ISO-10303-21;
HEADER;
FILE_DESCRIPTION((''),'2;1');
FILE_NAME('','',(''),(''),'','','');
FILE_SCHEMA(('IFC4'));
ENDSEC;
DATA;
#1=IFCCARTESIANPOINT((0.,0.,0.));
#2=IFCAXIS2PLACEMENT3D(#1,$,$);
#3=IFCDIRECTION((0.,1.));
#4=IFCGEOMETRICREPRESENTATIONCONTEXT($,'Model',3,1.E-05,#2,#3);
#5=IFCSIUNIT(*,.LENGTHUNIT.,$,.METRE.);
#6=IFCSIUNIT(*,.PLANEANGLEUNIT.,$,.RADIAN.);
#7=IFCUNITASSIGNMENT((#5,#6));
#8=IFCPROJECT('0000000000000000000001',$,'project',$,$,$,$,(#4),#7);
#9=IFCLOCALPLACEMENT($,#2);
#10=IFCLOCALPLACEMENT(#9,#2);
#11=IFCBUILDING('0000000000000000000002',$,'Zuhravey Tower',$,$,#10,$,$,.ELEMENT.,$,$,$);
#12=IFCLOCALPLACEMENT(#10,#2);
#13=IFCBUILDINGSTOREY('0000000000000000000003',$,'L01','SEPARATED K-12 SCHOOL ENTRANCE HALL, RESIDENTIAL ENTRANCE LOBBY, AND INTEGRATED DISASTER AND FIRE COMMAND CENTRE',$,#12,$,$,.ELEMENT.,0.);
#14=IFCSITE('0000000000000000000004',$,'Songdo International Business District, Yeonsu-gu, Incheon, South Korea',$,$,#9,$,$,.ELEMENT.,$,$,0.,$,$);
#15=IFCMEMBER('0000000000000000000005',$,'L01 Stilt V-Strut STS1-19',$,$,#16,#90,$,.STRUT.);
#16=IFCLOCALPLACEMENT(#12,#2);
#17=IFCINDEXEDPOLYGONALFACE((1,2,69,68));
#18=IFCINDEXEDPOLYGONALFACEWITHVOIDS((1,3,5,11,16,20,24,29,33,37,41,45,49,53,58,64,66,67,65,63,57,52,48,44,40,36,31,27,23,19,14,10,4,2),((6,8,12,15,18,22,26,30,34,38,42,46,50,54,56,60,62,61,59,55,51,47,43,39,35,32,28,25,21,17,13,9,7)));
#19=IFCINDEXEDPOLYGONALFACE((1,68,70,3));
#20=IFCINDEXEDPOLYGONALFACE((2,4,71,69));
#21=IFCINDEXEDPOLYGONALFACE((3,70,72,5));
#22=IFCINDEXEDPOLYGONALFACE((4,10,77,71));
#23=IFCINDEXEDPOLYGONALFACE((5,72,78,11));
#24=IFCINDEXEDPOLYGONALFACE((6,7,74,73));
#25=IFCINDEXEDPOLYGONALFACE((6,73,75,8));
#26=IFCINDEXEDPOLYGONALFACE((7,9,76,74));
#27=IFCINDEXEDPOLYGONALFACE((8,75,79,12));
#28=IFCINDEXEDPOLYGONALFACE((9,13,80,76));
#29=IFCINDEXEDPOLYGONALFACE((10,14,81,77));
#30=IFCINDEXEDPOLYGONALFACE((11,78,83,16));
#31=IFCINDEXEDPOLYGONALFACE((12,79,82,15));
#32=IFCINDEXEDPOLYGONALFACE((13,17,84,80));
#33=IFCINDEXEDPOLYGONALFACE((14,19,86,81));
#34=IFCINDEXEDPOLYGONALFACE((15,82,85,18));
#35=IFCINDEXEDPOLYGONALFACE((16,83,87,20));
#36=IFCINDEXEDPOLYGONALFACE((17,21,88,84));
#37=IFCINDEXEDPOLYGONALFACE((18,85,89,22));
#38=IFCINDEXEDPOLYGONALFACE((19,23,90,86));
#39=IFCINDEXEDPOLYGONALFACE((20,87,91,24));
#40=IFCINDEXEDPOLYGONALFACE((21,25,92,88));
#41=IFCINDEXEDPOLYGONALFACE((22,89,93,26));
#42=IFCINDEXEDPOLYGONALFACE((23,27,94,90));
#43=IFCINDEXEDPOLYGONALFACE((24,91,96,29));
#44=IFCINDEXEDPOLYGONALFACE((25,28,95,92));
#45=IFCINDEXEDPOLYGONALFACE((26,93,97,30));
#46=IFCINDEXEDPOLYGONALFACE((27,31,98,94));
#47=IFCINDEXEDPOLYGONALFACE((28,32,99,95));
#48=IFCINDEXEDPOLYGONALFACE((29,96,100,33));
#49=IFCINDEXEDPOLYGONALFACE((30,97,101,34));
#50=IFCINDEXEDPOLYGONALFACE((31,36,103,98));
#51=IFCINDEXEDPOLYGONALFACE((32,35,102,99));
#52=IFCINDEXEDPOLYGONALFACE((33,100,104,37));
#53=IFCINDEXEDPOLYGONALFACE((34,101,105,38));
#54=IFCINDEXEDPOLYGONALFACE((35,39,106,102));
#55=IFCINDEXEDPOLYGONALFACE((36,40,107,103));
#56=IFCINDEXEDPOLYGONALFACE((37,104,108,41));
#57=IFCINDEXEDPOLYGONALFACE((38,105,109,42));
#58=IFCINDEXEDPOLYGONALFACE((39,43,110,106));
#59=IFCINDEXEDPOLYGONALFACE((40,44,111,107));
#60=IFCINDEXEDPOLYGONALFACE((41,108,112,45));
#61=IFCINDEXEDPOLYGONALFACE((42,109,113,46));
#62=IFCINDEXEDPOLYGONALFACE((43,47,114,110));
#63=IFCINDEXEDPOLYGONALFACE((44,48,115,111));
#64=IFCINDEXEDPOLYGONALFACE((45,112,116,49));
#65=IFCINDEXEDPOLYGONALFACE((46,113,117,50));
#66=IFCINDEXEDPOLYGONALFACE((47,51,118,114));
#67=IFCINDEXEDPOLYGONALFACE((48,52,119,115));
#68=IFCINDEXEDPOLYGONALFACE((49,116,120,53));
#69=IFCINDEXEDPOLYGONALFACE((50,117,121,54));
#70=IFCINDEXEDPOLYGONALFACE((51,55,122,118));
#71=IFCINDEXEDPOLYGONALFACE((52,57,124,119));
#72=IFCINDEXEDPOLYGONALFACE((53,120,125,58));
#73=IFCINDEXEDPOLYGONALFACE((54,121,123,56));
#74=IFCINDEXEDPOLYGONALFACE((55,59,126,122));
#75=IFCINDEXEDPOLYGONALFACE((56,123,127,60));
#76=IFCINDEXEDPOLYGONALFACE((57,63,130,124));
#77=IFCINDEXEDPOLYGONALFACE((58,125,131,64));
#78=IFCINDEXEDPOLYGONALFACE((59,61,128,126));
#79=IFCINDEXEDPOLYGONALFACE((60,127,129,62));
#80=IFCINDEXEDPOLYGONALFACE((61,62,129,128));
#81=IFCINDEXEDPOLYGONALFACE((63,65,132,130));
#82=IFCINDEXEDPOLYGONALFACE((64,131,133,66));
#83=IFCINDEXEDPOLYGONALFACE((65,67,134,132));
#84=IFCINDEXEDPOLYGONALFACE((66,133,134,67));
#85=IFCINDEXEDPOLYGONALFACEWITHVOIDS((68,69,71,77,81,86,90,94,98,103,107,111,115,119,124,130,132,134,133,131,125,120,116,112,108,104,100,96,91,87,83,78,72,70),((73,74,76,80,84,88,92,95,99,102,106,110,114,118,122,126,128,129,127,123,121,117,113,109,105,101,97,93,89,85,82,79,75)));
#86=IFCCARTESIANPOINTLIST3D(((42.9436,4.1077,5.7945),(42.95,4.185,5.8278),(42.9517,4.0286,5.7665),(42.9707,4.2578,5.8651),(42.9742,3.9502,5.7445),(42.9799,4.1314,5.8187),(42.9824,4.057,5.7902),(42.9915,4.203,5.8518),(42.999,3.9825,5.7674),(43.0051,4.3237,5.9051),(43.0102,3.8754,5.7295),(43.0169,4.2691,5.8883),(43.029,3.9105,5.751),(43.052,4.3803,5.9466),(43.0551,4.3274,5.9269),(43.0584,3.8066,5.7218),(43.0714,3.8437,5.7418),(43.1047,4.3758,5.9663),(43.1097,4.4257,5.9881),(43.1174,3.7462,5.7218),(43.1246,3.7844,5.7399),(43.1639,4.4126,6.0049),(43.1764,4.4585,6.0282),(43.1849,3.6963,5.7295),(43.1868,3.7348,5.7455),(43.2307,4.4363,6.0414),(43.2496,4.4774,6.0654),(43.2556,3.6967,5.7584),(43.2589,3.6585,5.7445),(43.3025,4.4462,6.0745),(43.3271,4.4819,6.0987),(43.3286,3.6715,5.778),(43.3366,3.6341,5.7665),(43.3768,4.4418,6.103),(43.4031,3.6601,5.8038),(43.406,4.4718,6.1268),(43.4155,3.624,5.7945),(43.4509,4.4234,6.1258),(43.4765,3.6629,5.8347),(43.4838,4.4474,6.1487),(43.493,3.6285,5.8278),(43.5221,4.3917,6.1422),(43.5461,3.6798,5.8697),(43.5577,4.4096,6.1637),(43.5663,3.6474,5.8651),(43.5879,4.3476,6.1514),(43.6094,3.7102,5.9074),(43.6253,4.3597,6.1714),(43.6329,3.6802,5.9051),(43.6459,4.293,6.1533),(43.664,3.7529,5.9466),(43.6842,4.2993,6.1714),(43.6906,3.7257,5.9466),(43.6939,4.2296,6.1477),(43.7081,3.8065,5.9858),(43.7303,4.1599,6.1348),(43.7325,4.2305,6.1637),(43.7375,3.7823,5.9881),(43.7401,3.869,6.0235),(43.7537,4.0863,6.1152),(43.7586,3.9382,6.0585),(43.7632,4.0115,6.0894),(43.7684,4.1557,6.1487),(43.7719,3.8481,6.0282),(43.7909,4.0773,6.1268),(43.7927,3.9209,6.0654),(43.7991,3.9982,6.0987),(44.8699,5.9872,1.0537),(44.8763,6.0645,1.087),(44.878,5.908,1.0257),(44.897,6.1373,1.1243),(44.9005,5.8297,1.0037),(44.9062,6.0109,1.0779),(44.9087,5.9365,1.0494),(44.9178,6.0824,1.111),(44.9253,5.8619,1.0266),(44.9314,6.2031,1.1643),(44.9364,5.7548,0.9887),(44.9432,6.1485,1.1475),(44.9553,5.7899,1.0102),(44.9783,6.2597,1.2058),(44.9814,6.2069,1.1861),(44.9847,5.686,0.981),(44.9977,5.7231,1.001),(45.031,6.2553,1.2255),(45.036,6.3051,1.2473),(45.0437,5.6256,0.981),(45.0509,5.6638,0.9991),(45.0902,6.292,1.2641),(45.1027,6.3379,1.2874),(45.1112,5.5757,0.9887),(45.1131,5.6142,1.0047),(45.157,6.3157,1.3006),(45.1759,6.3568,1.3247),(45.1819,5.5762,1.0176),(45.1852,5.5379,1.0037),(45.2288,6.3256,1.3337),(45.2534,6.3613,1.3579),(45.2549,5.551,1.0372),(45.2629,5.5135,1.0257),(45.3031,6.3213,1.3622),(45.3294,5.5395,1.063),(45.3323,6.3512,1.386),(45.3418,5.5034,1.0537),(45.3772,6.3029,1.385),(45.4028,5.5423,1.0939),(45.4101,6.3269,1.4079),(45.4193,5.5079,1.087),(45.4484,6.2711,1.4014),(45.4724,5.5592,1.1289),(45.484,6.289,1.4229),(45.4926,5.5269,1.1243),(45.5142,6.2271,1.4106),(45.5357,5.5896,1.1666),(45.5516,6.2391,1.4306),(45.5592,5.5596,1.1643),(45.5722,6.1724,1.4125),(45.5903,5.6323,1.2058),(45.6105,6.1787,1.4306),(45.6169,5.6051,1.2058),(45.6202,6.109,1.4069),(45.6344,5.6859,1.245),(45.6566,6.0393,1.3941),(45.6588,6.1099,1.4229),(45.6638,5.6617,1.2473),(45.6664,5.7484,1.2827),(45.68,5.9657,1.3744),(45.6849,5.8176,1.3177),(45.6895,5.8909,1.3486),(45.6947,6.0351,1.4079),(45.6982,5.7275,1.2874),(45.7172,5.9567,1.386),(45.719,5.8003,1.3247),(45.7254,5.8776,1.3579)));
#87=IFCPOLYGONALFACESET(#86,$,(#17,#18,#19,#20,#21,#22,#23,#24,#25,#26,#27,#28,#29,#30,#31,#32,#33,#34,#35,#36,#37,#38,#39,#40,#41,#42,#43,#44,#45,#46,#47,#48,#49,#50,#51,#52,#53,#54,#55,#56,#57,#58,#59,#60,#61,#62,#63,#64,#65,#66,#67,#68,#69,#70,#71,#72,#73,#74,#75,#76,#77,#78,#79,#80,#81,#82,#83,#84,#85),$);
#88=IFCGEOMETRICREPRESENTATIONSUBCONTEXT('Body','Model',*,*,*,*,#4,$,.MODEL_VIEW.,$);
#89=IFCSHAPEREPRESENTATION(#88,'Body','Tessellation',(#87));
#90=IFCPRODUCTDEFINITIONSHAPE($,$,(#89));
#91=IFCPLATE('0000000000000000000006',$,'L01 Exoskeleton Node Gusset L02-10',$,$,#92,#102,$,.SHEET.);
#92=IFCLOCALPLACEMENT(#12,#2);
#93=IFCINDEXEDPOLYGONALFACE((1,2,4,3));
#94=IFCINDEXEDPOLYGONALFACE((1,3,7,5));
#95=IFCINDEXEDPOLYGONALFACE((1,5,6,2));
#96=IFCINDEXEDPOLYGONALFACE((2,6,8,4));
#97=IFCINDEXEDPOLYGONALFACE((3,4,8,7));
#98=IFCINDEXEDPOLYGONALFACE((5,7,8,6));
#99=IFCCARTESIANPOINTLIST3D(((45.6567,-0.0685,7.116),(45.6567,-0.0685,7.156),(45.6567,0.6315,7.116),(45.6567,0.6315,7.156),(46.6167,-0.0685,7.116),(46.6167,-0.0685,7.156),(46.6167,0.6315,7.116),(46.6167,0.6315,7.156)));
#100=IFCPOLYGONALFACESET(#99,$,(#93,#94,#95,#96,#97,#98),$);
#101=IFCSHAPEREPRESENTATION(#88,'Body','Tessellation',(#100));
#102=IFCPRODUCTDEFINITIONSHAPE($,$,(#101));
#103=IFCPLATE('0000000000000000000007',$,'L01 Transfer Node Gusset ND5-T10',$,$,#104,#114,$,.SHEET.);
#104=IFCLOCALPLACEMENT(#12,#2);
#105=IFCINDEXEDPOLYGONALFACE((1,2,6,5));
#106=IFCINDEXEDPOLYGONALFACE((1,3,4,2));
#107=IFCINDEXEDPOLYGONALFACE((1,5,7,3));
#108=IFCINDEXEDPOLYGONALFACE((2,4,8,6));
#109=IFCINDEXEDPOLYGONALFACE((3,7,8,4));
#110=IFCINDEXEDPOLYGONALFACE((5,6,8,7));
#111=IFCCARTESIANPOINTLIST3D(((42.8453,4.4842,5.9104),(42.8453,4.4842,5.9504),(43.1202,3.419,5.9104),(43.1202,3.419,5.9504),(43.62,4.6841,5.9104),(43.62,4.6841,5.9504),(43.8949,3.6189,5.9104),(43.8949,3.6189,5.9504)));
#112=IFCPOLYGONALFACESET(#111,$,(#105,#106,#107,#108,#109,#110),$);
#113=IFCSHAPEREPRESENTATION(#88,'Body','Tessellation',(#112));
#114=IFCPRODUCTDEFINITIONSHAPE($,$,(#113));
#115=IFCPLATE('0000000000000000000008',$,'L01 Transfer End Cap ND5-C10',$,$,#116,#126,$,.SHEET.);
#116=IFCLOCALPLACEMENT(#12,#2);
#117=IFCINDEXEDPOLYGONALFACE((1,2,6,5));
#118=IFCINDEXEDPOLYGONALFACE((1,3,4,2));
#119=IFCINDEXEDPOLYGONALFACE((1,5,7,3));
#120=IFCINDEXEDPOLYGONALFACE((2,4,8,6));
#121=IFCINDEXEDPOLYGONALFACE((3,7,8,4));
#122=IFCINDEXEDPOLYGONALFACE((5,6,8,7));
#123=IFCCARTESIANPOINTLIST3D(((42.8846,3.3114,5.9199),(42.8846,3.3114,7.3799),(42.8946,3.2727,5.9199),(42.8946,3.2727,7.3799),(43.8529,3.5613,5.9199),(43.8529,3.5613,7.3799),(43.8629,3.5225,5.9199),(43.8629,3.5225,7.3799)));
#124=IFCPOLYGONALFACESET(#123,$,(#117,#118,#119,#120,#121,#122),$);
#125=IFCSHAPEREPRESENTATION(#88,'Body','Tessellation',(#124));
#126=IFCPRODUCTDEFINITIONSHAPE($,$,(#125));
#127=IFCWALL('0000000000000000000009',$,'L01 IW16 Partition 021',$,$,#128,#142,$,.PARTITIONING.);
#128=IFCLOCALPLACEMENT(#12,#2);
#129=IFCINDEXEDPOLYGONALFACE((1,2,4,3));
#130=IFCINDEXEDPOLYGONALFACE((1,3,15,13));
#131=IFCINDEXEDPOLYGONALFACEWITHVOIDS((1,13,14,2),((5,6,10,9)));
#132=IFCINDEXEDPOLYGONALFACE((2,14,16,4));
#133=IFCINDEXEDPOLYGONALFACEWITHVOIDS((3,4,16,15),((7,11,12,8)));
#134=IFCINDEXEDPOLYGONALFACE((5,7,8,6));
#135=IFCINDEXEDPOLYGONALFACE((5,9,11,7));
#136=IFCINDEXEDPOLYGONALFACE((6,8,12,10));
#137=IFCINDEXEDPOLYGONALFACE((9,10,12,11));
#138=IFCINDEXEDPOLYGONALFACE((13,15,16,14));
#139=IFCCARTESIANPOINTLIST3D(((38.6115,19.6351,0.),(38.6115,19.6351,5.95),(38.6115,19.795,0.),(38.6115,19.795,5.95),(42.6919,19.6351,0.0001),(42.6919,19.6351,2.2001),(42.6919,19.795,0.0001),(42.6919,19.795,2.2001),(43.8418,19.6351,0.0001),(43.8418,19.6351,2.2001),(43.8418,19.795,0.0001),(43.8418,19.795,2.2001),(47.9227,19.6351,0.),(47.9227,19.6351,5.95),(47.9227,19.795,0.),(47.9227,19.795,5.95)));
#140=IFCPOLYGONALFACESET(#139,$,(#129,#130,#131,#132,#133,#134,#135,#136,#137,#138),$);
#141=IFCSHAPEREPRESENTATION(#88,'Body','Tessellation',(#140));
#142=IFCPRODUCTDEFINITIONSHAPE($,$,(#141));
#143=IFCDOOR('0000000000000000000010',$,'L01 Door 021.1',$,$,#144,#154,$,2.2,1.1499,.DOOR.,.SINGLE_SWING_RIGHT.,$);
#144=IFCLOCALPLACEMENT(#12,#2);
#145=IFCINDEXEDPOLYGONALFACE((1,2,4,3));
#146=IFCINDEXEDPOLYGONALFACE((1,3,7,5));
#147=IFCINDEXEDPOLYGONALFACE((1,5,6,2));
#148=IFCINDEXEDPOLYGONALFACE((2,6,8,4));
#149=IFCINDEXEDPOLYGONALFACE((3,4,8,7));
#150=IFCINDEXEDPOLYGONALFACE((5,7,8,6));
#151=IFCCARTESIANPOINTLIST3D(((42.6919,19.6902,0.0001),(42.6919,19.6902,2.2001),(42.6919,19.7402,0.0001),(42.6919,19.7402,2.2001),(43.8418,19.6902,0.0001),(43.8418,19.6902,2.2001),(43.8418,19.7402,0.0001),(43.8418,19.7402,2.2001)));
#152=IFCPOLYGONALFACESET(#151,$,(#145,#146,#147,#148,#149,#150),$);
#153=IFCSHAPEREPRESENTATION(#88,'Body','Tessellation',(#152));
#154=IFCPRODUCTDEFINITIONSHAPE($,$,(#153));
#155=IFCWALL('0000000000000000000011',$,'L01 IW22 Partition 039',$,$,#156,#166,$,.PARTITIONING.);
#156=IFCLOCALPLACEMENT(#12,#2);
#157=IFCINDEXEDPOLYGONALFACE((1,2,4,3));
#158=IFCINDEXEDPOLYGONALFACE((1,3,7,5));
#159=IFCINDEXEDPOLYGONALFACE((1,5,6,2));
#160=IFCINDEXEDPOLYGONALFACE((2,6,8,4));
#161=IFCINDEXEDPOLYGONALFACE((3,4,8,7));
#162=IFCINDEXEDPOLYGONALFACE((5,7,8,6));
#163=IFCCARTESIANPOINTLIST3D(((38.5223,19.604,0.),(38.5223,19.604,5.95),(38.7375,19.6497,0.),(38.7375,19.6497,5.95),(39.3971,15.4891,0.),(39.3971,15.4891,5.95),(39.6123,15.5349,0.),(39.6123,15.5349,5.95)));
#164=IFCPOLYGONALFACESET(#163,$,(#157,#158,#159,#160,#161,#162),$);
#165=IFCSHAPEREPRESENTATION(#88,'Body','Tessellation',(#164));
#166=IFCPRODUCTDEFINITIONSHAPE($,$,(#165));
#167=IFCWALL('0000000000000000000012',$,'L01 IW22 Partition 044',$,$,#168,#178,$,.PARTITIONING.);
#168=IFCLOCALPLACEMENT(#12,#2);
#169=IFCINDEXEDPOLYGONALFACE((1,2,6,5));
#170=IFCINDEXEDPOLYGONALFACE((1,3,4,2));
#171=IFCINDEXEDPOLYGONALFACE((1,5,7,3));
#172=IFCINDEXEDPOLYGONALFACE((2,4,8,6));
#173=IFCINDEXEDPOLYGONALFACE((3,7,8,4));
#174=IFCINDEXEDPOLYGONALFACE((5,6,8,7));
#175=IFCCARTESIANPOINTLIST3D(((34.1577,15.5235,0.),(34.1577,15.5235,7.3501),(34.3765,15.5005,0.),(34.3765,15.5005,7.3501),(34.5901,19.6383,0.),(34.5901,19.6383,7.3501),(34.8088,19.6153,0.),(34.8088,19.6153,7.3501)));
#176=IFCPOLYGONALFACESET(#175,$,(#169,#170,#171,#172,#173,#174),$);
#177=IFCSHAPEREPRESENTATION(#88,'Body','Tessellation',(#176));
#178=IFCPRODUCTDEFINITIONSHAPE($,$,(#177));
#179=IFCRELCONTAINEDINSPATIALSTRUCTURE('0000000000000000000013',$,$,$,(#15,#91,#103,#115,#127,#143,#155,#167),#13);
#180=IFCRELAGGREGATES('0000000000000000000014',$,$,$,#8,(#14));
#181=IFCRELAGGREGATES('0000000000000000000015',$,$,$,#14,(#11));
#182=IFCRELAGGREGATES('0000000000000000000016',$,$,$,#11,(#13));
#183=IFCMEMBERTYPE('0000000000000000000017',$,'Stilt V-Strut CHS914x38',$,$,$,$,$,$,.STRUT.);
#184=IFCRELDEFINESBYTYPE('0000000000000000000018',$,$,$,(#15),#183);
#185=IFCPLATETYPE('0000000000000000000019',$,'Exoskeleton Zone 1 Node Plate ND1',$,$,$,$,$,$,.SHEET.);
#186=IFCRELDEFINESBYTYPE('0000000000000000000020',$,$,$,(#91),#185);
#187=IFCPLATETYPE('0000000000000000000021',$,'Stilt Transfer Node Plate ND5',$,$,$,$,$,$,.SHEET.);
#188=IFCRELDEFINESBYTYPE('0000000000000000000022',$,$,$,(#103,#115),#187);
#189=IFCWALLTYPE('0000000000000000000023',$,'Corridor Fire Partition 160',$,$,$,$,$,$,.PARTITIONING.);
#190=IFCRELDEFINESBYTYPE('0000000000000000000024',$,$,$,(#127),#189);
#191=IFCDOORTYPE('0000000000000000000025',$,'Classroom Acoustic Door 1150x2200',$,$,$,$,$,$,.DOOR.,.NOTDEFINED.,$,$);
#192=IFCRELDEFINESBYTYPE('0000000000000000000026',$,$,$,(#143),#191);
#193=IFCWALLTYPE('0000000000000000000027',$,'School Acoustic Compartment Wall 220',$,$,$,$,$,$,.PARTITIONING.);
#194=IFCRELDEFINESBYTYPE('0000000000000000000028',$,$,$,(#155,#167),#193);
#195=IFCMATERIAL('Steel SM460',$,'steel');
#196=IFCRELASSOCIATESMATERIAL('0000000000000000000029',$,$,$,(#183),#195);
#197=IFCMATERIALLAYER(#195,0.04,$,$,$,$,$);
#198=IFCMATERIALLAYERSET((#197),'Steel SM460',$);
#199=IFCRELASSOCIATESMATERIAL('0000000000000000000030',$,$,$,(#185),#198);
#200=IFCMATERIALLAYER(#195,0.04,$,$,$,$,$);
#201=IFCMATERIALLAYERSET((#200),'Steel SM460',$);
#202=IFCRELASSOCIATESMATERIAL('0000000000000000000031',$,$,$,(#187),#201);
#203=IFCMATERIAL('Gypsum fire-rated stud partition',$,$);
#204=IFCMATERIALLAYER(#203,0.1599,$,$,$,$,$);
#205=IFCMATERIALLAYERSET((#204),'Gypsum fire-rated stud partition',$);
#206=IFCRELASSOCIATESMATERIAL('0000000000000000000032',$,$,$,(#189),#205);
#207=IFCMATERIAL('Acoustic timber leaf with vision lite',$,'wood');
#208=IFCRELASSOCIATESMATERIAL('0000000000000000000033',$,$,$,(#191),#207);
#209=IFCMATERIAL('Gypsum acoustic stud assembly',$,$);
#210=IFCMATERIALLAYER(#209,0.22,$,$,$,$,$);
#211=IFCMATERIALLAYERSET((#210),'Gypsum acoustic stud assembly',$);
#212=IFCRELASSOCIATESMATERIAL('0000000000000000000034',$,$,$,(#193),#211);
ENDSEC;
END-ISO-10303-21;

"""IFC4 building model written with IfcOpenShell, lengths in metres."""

from ifc_helpers import new_model, si_unit, direction, frame, frame_2d, origin, origin_2d, place, context, subcontext, project, spatial, rectangle, hollow_circle, extrude, material, layer, layer_set, material_profile, profile_set, type_object, element, fill, save


model = new_model("IFC4")

# Units and contexts
model_context = context("Model", 3, precision=1e-05, world=origin(), true_north=direction((0.0, 1.0)))
body_context = subcontext(model_context, "Body", "Model", "MODEL_VIEW")
ifc_project = project(units=[si_unit("LENGTHUNIT", "METRE"), si_unit("PLANEANGLEUNIT", "RADIAN")], contexts=[model_context])

# Site, building, storey
site_placement = place(None, origin())
site = spatial("IfcSite", under=ifc_project, at=site_placement, Name="Songdo International Business District, Yeonsu-gu, Incheon, South Korea", CompositionType="ELEMENT", RefElevation=0.0)
building_placement = place(site_placement, origin())
building = spatial("IfcBuilding", under=site, at=building_placement, Name="Zuhravey Tower", CompositionType="ELEMENT")
storey_placement = place(building_placement, origin())
storey = spatial("IfcBuildingStorey", under=building, at=storey_placement, Name="L01", Description="SEPARATED K-12 SCHOOL ENTRANCE HALL, RESIDENTIAL ENTRANCE LOBBY, AND INTEGRATED DISASTER AND FIRE COMMAND CENTRE", CompositionType="ELEMENT", Elevation=0.0)

# Shared definitions
ifc_material_1 = material(Name="Steel SM460", Category="steel")

# Member
ifc_material_profile_1 = material_profile(ifc_material_1, hollow_circle(Radius=0.4573, WallThickness=0.0381, at=origin_2d()), Name="CHS-914.4x38")
ifc_profile_set_1 = profile_set([ifc_material_profile_1], Name="Steel SM460")
member_type = type_object("IfcMemberType", Name="Stilt V-Strut CHS914x38", PredefinedType="STRUT", material=ifc_profile_set_1)
member_placement = place(storey_placement, frame((45.2976, 5.9324, 1.2058), z_axis=(-0.353357, -0.344758, 0.869644), x_axis=(0.698344, -0.715762, 0.0)))
element("IfcMember", 1, at=member_placement, inside=storey, type_object=member_type, Name="L01 Stilt V-Strut STS1-19", PredefinedType="STRUT", context=body_context, shape_type="SweptSolid", body=[
    extrude(hollow_circle(Radius=0.4573, WallThickness=0.0381, at=origin_2d()), origin(), (0.0, 0.0, 1.0), 5.4514),
])

# Plates
ifc_layer_1 = layer(ifc_material_1, 0.04)
ifc_layer_set_1 = layer_set([ifc_layer_1], Name="Steel SM460")
plate_type_1 = type_object("IfcPlateType", Name="Exoskeleton Zone 1 Node Plate ND1", PredefinedType="SHEET", material=ifc_layer_set_1)
plate_1_placement = place(storey_placement, frame((46.1367, 0.2815, 7.116), z_axis=(0.0, 0.0, 1.0), x_axis=(1.0, 0.0, 0.0)))
element("IfcPlate", 2, at=plate_1_placement, inside=storey, type_object=plate_type_1, Name="L01 Exoskeleton Node Gusset L02-10", PredefinedType="SHEET", context=body_context, shape_type="SweptSolid", body=[
    extrude(rectangle(XDim=0.96, YDim=0.7, at=origin_2d()), origin(), (0.0, 0.0, 1.0), 0.04),
])
ifc_layer_2 = layer(ifc_material_1, 0.04)
ifc_layer_set_2 = layer_set([ifc_layer_2], Name="Steel SM460")
plate_type_2 = type_object("IfcPlateType", Name="Stilt Transfer Node Plate ND5", PredefinedType="SHEET", material=ifc_layer_set_2)
plate_2_placement = place(storey_placement, frame((43.3701, 4.0515, 5.9104), z_axis=(0.0, 0.0, 1.0), x_axis=(0.249873, -0.968279, 0.0)))
element("IfcPlate", 3, at=plate_2_placement, inside=storey, type_object=plate_type_2, Name="L01 Transfer Node Gusset ND5-T10", PredefinedType="SHEET", context=body_context, shape_type="SweptSolid", body=[
    extrude(rectangle(XDim=1.1001, YDim=0.8, at=origin_2d()), origin(), (0.0, 0.0, 1.0), 0.04),
])
plate_3_placement = place(storey_placement, frame((43.3738, 3.417, 5.9199), z_axis=(0.0, 0.0, 1.0), x_axis=(0.249873, -0.968279, 0.0)))
element("IfcPlate", 4, at=plate_3_placement, inside=storey, type_object=plate_type_2, Name="L01 Transfer End Cap ND5-C10", PredefinedType="SHEET", context=body_context, shape_type="SweptSolid", body=[
    extrude(rectangle(XDim=0.04, YDim=1.0, at=origin_2d()), origin(), (0.0, 0.0, 1.0), 1.46),
])

# Wall, opening, door
ifc_material_2 = material(Name="Gypsum fire-rated stud partition")
ifc_layer_3 = layer(ifc_material_2, 0.1599)
ifc_layer_set_3 = layer_set([ifc_layer_3], Name="Gypsum fire-rated stud partition")
wall_type_1 = type_object("IfcWallType", Name="Corridor Fire Partition 160", PredefinedType="PARTITIONING", material=ifc_layer_set_3)
wall_1_placement = place(storey_placement, frame((38.6113, 19.7151, 0.0), z_axis=(0.0, 0.0, 1.0), x_axis=(1.0, 0.0, 0.0)))
wall_1 = element("IfcWall", 5, at=wall_1_placement, inside=storey, type_object=wall_type_1, Name="L01 IW16 Partition 021", PredefinedType="PARTITIONING", context=body_context, shape_type="SweptSolid", body=[
    extrude(rectangle(XDim=9.3113, YDim=0.1599, at=frame_2d((4.6558, 0.0))), origin(), (0.0, 0.0, 1.0), 5.95),
])
opening_1_placement = place(wall_1_placement, frame((4.0806, 0.0, 0.0)))
opening_1 = element("IfcOpeningElement", 6, at=opening_1_placement, cuts=wall_1, PredefinedType="OPENING", context=body_context, shape_type="SweptSolid", body=[
    extrude(rectangle(XDim=1.1499, YDim=2.2, at=frame_2d((0.575, 1.1001))), frame((0.0, 0.092, 0.0), z_axis=(0.0, -1.0, 0.0), x_axis=(1.0, 0.0, 0.0)), (0.0, 0.0, 1.0), 0.1838),
])
ifc_material_3 = material(Name="Acoustic timber leaf with vision lite", Category="wood")
door_type_1 = type_object("IfcDoorType", Name="Classroom Acoustic Door 1150x2200", OperationType="NOTDEFINED", PredefinedType="DOOR", material=ifc_material_3)
door_1_placement = place(opening_1_placement, frame((1.1499, 0.0, 0.0), z_axis=(0.0, 0.0, 1.0), x_axis=(-1.0, 0.0, 0.0)))
door_1 = element("IfcDoor", 7, at=door_1_placement, inside=storey, type_object=door_type_1, Name="L01 Door 021.1", OperationType="SINGLE_SWING_RIGHT", OverallHeight=2.2, OverallWidth=1.1499, PredefinedType="DOOR", context=body_context, shape_type="SweptSolid", body=[
    extrude(rectangle(XDim=1.1499, YDim=2.2, at=frame_2d((0.575, 1.1001))), frame((0.0, 0.0249, 0.0), z_axis=(0.0, -1.0, 0.0), x_axis=(1.0, 0.0, 0.0)), (0.0, 0.0, 1.0), 0.05),
])
fill(opening_1, door_1)

# Walls
ifc_material_4 = material(Name="Gypsum acoustic stud assembly")
ifc_layer_4 = layer(ifc_material_4, 0.22)
ifc_layer_set_4 = layer_set([ifc_layer_4], Name="Gypsum acoustic stud assembly")
wall_type_2 = type_object("IfcWallType", Name="School Acoustic Compartment Wall 220", PredefinedType="PARTITIONING", material=ifc_layer_set_4)
wall_2_placement = place(storey_placement, frame((38.6299, 19.627, 0.0), z_axis=(0.0, 0.0, 1.0), x_axis=(0.207943, -0.978141, 0.0)))
element("IfcWall", 8, at=wall_2_placement, inside=storey, type_object=wall_type_2, Name="L01 IW22 Partition 039", PredefinedType="PARTITIONING", context=body_context, shape_type="SweptSolid", body=[
    extrude(rectangle(XDim=4.2068, YDim=0.22, at=frame_2d((2.1035, 0.0))), origin(), (0.0, 0.0, 1.0), 5.95),
])
wall_3_placement = place(storey_placement, frame((34.6995, 19.627, 0.0), z_axis=(0.0, 0.0, 1.0), x_axis=(-0.104504, -0.994525, 0.0)))
element("IfcWall", 9, at=wall_3_placement, inside=storey, type_object=wall_type_2, Name="L01 IW22 Partition 044", PredefinedType="PARTITIONING", context=body_context, shape_type="SweptSolid", body=[
    extrude(rectangle(XDim=4.1375, YDim=0.22, at=frame_2d((2.0688, 0.0))), origin(), (0.0, 0.0, 1.0), 7.3501),
])

save(model, "model.ifc")
